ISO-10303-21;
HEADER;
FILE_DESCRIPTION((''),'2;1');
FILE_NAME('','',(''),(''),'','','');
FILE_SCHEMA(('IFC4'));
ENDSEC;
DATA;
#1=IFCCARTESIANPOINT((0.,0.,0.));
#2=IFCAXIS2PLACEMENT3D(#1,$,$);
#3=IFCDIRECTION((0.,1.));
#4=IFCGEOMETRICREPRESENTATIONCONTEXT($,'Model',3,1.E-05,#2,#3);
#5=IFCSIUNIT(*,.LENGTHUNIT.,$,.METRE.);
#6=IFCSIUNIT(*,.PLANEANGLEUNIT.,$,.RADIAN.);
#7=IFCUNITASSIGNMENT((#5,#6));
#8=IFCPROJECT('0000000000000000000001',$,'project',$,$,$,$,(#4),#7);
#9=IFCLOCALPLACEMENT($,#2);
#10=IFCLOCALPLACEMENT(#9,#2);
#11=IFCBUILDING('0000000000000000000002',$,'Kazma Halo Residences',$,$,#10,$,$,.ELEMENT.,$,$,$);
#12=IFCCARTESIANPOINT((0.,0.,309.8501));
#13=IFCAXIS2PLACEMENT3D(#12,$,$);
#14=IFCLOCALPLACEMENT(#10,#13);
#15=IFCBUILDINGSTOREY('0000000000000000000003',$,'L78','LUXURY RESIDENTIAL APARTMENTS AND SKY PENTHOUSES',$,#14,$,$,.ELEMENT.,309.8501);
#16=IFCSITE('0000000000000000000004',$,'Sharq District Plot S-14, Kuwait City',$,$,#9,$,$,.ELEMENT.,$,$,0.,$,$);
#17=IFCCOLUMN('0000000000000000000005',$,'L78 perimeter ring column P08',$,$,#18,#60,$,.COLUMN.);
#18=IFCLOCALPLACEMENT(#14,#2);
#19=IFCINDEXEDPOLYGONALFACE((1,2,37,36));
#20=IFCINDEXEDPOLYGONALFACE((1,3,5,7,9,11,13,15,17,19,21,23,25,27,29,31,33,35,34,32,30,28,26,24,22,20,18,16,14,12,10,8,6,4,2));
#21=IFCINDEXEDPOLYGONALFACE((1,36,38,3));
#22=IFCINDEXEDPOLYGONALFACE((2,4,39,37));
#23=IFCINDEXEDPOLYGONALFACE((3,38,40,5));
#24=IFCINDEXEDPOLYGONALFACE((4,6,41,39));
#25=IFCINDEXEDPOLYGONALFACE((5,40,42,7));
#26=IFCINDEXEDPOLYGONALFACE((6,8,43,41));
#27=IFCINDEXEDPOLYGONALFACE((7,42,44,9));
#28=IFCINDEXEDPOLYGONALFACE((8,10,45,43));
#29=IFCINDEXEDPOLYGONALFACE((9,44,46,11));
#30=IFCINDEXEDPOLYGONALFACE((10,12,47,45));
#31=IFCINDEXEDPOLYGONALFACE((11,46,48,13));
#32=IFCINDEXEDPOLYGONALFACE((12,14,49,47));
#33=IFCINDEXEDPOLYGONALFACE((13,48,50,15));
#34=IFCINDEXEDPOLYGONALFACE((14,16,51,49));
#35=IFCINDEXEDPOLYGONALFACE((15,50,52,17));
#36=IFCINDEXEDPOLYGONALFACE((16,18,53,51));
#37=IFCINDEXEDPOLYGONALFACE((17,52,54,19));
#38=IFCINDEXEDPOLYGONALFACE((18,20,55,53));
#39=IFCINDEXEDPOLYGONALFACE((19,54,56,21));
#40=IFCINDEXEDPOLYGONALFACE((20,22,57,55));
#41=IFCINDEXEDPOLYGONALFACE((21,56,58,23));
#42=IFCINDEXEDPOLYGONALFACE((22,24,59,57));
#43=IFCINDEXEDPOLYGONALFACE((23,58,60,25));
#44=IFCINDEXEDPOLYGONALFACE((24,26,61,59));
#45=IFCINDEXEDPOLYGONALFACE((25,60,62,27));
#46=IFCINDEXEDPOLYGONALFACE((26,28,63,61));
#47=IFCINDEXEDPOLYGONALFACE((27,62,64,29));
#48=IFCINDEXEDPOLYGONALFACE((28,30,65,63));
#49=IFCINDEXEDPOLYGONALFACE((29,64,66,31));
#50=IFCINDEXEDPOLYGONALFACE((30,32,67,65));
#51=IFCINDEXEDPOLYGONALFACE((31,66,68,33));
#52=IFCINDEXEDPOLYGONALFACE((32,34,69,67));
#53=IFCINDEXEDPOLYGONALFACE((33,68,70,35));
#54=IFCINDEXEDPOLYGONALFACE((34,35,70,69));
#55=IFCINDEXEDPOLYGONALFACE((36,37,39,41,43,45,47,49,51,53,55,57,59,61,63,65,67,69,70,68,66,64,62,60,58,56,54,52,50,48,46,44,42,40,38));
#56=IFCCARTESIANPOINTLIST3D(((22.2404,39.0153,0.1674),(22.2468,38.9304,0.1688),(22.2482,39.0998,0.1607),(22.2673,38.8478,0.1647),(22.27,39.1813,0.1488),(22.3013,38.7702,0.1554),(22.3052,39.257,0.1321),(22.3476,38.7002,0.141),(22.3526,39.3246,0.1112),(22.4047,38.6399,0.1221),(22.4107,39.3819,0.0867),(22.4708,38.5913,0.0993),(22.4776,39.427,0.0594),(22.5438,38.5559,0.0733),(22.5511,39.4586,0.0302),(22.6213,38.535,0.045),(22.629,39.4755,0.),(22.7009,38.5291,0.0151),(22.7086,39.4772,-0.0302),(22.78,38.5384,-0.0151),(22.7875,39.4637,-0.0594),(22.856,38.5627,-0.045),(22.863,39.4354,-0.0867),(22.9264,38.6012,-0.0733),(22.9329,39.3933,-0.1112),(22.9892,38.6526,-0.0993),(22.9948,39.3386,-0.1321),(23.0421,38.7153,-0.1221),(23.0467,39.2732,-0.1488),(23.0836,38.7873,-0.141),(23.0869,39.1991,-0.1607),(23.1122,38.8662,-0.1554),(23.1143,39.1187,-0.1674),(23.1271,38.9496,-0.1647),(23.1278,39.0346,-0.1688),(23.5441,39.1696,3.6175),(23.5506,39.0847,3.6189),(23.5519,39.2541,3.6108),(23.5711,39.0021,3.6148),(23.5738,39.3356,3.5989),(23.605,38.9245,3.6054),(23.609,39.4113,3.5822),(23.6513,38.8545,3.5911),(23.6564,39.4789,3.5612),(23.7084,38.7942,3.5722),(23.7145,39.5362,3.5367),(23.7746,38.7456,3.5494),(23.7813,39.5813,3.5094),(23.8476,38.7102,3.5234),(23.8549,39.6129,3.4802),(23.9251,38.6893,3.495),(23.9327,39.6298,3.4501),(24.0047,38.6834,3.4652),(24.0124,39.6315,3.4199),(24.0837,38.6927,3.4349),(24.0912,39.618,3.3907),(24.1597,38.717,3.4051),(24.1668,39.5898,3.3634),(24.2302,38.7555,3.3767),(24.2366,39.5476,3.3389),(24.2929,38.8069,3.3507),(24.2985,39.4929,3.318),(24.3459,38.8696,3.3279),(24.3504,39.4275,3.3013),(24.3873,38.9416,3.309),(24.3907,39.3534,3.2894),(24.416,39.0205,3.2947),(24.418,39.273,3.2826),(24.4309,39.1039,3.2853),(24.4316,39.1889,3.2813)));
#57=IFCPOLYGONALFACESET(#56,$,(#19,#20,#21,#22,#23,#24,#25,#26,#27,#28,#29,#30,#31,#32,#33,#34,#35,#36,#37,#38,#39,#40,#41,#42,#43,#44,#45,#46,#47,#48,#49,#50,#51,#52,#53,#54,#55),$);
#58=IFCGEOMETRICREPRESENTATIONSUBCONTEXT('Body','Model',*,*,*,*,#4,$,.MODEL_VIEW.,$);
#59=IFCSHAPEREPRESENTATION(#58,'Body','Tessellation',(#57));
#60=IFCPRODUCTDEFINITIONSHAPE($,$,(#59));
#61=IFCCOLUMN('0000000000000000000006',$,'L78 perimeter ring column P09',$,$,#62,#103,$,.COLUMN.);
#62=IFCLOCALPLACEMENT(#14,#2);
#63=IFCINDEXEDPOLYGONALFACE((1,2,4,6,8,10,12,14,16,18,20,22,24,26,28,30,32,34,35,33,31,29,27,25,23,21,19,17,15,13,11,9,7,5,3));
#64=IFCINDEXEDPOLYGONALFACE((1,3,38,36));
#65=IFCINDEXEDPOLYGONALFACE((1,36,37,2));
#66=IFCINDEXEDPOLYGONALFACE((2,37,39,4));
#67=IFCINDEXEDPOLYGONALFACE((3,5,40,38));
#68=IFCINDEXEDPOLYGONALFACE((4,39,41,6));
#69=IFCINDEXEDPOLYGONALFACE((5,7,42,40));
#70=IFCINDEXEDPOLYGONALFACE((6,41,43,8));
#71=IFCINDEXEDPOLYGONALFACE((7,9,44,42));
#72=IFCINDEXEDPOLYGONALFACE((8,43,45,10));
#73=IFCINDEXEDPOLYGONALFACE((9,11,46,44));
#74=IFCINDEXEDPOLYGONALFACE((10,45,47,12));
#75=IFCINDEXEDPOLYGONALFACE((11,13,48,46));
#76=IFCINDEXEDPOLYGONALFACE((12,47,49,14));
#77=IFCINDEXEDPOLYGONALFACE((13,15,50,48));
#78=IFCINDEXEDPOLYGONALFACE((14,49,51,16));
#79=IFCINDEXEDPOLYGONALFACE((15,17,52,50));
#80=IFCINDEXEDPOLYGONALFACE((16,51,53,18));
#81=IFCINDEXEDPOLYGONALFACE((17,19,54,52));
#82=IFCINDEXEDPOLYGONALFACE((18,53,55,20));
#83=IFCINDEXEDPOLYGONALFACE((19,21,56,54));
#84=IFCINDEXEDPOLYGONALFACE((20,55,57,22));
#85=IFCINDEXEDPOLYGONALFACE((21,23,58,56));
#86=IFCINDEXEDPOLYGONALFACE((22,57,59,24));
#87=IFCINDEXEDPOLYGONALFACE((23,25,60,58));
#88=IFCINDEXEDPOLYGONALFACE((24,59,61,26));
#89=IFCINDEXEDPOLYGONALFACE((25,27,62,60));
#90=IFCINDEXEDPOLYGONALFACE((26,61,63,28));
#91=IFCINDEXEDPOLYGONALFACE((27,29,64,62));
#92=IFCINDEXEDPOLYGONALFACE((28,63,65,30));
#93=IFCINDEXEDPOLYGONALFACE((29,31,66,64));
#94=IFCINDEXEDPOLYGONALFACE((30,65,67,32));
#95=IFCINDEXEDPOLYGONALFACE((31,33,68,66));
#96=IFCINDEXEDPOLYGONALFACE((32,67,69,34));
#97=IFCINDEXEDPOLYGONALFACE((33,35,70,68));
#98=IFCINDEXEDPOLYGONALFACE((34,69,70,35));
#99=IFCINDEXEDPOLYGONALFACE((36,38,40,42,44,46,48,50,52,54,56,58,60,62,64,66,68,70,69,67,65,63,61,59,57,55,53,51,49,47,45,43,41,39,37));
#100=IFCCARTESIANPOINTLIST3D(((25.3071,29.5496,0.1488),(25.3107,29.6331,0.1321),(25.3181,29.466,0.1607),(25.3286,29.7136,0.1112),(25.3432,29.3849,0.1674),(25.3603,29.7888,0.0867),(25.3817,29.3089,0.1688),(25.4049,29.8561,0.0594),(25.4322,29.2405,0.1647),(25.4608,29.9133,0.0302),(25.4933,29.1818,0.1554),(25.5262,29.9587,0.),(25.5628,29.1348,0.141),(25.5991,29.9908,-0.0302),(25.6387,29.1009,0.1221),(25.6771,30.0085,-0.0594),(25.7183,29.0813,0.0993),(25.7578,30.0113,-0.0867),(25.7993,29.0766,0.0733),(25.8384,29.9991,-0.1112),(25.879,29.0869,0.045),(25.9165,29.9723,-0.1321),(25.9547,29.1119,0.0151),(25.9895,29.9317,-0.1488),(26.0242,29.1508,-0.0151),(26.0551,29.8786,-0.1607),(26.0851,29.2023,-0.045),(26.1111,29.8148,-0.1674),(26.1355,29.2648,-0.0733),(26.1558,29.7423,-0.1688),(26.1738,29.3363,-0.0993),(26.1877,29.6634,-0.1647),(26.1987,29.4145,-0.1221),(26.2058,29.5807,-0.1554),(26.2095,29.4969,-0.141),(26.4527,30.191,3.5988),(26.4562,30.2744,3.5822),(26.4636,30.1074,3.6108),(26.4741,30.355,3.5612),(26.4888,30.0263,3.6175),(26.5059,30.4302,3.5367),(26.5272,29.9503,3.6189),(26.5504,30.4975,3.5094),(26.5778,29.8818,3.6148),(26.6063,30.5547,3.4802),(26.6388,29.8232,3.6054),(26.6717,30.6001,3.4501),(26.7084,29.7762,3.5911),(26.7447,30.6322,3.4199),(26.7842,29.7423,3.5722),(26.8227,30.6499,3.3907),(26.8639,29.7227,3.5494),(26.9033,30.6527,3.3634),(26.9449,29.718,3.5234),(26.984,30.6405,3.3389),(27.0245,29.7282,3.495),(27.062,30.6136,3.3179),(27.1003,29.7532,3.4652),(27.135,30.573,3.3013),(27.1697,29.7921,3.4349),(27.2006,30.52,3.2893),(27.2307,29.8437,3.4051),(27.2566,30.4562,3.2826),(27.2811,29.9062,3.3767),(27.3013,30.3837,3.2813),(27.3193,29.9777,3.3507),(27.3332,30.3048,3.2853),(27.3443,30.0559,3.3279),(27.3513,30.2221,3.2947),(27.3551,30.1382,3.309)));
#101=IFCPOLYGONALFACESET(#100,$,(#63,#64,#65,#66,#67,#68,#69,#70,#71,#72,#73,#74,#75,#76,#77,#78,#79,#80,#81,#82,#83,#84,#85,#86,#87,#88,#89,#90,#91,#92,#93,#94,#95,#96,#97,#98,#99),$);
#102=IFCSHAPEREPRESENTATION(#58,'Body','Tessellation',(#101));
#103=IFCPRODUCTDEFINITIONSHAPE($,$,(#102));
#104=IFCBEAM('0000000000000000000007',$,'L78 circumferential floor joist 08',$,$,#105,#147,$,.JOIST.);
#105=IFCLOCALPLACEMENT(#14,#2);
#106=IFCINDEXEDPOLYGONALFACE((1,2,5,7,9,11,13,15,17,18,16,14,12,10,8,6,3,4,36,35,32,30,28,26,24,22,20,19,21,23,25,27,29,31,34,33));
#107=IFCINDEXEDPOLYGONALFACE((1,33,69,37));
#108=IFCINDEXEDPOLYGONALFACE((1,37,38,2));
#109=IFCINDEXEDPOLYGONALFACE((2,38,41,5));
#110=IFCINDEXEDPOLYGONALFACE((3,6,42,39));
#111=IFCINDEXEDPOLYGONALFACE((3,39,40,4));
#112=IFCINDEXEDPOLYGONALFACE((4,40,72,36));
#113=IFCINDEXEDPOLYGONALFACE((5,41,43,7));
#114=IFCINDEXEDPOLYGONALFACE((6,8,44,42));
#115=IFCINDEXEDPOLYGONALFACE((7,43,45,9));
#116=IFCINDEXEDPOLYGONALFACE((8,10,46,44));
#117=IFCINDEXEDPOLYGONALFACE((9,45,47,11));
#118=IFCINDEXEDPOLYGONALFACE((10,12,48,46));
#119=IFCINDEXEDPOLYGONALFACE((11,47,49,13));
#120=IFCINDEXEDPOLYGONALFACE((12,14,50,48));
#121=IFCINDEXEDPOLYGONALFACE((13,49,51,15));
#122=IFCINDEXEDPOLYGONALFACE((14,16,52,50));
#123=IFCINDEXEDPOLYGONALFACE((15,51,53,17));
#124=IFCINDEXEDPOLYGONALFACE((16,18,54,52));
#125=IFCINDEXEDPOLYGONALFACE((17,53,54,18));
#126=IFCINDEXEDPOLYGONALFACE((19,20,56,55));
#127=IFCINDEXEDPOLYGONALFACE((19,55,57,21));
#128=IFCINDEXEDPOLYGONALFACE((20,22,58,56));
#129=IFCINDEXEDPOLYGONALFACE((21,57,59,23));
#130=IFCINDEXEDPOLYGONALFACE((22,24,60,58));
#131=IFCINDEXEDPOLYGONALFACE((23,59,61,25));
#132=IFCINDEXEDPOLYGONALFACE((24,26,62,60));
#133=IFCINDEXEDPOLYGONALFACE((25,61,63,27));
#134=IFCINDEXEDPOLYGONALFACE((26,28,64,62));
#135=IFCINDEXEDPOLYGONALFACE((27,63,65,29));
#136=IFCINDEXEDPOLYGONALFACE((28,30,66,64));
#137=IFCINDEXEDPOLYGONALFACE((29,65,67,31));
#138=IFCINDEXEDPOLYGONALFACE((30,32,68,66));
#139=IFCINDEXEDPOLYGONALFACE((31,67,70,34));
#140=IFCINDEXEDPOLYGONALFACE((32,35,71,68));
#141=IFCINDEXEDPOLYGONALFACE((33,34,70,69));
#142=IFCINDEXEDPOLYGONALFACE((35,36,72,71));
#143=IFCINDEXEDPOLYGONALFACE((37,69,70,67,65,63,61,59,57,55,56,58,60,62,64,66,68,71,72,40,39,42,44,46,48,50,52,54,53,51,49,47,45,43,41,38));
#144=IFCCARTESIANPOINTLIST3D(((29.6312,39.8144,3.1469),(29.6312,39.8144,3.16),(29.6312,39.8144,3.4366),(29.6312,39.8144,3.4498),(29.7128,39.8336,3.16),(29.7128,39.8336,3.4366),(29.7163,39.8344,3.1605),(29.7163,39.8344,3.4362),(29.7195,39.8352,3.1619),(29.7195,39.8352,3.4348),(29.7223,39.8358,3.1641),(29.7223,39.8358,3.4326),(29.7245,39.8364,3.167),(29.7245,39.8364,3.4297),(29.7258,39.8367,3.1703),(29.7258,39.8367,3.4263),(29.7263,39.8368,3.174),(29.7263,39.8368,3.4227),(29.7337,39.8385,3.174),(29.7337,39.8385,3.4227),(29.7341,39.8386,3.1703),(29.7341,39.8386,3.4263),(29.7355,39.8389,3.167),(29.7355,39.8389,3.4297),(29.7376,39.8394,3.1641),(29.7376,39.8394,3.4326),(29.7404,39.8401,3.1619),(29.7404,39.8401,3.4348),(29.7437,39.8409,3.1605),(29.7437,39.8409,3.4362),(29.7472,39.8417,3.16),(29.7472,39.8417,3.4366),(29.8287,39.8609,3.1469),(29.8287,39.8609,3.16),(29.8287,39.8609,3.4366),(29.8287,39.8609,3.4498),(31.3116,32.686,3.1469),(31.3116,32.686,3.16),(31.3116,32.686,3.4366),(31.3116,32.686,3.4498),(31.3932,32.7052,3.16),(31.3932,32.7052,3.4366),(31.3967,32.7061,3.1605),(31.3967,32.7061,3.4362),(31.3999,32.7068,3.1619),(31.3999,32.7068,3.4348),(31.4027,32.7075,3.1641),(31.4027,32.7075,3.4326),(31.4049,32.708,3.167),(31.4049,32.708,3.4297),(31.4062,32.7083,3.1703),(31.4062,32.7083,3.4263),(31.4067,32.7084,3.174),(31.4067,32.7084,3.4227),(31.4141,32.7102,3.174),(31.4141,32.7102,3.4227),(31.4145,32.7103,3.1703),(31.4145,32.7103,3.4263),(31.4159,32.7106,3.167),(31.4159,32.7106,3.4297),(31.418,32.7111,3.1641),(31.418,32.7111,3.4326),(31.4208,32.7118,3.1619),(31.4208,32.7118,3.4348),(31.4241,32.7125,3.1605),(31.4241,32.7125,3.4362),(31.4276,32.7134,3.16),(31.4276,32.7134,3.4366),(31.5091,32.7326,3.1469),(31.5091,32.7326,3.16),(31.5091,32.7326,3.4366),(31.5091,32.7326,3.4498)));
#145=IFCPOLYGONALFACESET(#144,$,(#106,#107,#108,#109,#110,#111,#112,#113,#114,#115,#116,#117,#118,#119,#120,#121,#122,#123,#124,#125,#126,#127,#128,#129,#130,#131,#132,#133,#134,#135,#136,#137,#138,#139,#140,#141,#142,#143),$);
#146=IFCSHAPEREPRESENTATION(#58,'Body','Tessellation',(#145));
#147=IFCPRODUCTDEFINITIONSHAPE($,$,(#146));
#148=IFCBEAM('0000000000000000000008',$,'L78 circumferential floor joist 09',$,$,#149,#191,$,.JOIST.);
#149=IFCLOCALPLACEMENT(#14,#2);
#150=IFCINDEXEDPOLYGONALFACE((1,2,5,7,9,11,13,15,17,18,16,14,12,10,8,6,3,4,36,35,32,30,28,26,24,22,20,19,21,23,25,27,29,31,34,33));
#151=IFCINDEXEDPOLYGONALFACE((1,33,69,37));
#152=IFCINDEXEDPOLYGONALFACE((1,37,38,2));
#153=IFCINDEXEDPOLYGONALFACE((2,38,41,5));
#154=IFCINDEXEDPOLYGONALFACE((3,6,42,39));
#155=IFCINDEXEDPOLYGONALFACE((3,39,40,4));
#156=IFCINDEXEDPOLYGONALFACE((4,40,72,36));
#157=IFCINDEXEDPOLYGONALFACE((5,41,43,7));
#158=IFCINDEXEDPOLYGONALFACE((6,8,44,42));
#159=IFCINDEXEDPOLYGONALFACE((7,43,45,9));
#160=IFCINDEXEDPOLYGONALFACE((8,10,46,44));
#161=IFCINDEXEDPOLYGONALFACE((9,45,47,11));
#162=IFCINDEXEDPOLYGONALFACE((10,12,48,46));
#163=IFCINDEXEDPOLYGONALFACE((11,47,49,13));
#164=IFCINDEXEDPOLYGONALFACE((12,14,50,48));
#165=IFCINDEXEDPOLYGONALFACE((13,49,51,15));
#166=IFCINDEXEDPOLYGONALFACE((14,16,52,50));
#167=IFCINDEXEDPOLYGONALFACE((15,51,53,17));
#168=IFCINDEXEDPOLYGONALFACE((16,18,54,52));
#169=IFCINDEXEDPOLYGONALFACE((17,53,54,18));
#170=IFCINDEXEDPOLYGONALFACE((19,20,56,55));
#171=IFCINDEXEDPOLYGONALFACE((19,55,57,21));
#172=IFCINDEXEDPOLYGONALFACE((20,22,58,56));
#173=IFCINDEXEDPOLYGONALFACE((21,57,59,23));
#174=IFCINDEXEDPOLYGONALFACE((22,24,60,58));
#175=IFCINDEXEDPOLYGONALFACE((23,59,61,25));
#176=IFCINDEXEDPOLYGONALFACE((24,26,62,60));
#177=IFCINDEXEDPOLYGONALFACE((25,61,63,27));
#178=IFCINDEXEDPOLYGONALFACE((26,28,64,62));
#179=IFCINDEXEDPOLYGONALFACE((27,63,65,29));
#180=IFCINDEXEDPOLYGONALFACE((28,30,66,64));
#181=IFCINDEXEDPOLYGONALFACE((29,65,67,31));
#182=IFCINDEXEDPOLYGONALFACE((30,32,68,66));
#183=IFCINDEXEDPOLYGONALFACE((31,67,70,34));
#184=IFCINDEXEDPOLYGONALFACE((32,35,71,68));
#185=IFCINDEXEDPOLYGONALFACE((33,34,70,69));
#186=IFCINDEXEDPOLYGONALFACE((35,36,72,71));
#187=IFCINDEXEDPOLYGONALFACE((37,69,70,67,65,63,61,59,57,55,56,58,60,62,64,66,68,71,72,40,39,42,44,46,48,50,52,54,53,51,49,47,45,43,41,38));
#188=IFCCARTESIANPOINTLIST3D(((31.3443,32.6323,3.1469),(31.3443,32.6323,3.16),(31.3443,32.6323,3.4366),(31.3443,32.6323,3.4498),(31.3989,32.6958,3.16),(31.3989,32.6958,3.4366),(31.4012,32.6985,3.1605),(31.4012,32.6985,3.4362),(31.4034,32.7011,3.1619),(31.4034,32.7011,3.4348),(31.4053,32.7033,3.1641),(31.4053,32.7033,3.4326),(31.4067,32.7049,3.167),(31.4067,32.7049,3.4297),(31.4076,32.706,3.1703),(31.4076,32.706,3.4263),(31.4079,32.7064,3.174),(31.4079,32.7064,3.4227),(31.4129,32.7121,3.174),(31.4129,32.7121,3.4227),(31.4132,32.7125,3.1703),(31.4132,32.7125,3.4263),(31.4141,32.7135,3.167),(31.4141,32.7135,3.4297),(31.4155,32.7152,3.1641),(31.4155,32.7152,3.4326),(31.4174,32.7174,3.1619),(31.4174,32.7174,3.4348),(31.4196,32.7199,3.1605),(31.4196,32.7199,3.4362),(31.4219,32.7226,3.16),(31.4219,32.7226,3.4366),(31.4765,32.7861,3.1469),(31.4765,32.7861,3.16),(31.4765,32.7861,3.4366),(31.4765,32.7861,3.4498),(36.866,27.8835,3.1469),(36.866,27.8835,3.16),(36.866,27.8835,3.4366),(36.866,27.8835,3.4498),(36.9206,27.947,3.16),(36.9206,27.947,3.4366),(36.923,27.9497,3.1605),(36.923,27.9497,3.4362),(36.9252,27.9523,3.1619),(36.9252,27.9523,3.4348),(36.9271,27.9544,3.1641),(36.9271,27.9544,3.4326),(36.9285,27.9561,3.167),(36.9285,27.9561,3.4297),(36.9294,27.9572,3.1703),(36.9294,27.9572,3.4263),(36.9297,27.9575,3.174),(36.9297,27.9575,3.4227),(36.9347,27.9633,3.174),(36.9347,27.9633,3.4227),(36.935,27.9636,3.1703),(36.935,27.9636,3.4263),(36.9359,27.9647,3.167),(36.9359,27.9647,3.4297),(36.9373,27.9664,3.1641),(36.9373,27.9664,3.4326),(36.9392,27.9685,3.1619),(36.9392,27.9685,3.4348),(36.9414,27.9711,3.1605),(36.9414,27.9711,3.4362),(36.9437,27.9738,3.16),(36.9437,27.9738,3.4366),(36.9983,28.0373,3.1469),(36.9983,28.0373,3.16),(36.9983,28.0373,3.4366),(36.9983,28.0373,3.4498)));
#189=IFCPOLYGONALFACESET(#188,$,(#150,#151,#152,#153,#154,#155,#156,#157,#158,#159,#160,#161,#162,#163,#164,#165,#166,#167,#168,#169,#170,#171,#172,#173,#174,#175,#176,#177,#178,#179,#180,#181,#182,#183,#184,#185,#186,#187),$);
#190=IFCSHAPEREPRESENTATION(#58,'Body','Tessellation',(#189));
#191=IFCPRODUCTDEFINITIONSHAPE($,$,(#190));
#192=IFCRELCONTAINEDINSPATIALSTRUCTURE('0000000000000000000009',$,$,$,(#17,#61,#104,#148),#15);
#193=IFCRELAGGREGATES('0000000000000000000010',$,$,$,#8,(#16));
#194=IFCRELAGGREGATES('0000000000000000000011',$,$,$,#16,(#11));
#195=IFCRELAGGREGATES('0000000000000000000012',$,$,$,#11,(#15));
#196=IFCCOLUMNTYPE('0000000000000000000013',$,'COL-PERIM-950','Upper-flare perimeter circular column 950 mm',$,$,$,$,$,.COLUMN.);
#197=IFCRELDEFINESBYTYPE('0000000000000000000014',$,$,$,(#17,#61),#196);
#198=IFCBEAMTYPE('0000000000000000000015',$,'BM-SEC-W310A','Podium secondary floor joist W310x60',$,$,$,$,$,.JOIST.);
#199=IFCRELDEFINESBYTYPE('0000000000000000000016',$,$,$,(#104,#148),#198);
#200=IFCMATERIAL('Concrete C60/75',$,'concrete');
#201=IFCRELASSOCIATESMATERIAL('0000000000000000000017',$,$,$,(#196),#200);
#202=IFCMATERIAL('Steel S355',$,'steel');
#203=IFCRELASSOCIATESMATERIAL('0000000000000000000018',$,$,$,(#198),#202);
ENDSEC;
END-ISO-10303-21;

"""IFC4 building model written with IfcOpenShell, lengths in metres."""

from ifc_helpers import new_model, si_unit, direction, frame, origin, origin_2d, place, context, subcontext, project, spatial, circle, i_section, extrude, material, material_profile, profile_set, type_object, element, save


model = new_model("IFC4")

# Units and contexts
model_context = context("Model", 3, precision=1e-05, world=origin(), true_north=direction((0.0, 1.0)))
body_context = subcontext(model_context, "Body", "Model", "MODEL_VIEW")
ifc_project = project(units=[si_unit("LENGTHUNIT", "METRE"), si_unit("PLANEANGLEUNIT", "RADIAN")], contexts=[model_context])

# Site, building, storey
site_placement = place(None, origin())
site = spatial("IfcSite", under=ifc_project, at=site_placement, Name="Sharq District Plot S-14, Kuwait City", CompositionType="ELEMENT", RefElevation=0.0)
building_placement = place(site_placement, origin())
building = spatial("IfcBuilding", under=site, at=building_placement, Name="Kazma Halo Residences", CompositionType="ELEMENT")
storey_placement = place(building_placement, frame((0.0, 0.0, 309.8501)))
storey = spatial("IfcBuildingStorey", under=building, at=storey_placement, Name="L78", Description="LUXURY RESIDENTIAL APARTMENTS AND SKY PENTHOUSES", CompositionType="ELEMENT", Elevation=309.8501)

# Columns
ifc_material_1 = material(Name="Concrete C60/75", Category="concrete")
ifc_material_profile_1 = material_profile(ifc_material_1, circle(Radius=0.4751, at=origin_2d()), Name="CIRC950")
ifc_profile_set_1 = profile_set([ifc_material_profile_1], Name="Concrete C60/75")
column_type = type_object("IfcColumnType", Name="COL-PERIM-950", Description="Upper-flare perimeter circular column 950 mm", PredefinedType="COLUMN", material=ifc_profile_set_1)
for number, where, z_axis, x_axis, name in (
    (1, (22.6848, 39.0037, 0.0), (0.353186, 0.0418, 0.934619), (-0.117532, 0.993069, 0.0), "L78 perimeter ring column P08"),
    (2, (25.7583, 29.5442, 0.0), (0.310326, 0.173748, 0.934617), (-0.48853, 0.872547, 0.0), "L78 perimeter ring column P09"),
):
    element("IfcColumn", number, at=place(storey_placement, frame(where, z_axis=z_axis, x_axis=x_axis)), inside=storey, type_object=column_type, Name=name, PredefinedType="COLUMN", context=body_context, shape_type="SweptSolid", body=[
        extrude(circle(Radius=0.4751, at=origin_2d()), origin(), (0.0, 0.0, 1.0), 3.6914),
    ])

# Beams
ifc_material_2 = material(Name="Steel S355", Category="steel")
ifc_material_profile_2 = material_profile(ifc_material_2, i_section(OverallWidth=0.2029, OverallDepth=0.303, WebThickness=0.0076, FlangeThickness=0.0132, FilletRadius=0.0139, at=origin_2d()), Name="W310x60")
ifc_profile_set_2 = profile_set([ifc_material_profile_2], Name="Steel S355")
beam_type_1 = type_object("IfcBeamType", Name="BM-SEC-W310A", Description="Podium secondary floor joist W310x60", PredefinedType="JOIST", material=ifc_profile_set_2)
beam_1_placement = place(storey_placement, frame((29.73, 39.8376, 3.2983), z_axis=(0.229446, -0.973321, 0.0), x_axis=(0.973321, 0.229446, 0.0)))
element("IfcBeam", 3, at=beam_1_placement, inside=storey, type_object=beam_type_1, Name="L78 circumferential floor joist 08", PredefinedType="JOIST", context=body_context, shape_type="SweptSolid", body=[
    extrude(i_section(OverallWidth=0.2029, OverallDepth=0.303, WebThickness=0.0076, FlangeThickness=0.0132, FilletRadius=0.0139, at=origin_2d()), origin(), (0.0, 0.0, 1.0), 7.3237),
])
beam_2_placement = place(storey_placement, frame((31.4104, 32.7092, 3.2983), z_axis=(0.758179, -0.652047, 0.0), x_axis=(0.652047, 0.758179, 0.0)))
element("IfcBeam", 4, at=beam_2_placement, inside=storey, type_object=beam_type_1, Name="L78 circumferential floor joist 09", PredefinedType="JOIST", context=body_context, shape_type="SweptSolid", body=[
    extrude(i_section(OverallWidth=0.2029, OverallDepth=0.303, WebThickness=0.0076, FlangeThickness=0.0132, FilletRadius=0.0139, at=origin_2d()), origin(), (0.0, 0.0, 1.0), 7.283),
])

save(model, "model.ifc")
